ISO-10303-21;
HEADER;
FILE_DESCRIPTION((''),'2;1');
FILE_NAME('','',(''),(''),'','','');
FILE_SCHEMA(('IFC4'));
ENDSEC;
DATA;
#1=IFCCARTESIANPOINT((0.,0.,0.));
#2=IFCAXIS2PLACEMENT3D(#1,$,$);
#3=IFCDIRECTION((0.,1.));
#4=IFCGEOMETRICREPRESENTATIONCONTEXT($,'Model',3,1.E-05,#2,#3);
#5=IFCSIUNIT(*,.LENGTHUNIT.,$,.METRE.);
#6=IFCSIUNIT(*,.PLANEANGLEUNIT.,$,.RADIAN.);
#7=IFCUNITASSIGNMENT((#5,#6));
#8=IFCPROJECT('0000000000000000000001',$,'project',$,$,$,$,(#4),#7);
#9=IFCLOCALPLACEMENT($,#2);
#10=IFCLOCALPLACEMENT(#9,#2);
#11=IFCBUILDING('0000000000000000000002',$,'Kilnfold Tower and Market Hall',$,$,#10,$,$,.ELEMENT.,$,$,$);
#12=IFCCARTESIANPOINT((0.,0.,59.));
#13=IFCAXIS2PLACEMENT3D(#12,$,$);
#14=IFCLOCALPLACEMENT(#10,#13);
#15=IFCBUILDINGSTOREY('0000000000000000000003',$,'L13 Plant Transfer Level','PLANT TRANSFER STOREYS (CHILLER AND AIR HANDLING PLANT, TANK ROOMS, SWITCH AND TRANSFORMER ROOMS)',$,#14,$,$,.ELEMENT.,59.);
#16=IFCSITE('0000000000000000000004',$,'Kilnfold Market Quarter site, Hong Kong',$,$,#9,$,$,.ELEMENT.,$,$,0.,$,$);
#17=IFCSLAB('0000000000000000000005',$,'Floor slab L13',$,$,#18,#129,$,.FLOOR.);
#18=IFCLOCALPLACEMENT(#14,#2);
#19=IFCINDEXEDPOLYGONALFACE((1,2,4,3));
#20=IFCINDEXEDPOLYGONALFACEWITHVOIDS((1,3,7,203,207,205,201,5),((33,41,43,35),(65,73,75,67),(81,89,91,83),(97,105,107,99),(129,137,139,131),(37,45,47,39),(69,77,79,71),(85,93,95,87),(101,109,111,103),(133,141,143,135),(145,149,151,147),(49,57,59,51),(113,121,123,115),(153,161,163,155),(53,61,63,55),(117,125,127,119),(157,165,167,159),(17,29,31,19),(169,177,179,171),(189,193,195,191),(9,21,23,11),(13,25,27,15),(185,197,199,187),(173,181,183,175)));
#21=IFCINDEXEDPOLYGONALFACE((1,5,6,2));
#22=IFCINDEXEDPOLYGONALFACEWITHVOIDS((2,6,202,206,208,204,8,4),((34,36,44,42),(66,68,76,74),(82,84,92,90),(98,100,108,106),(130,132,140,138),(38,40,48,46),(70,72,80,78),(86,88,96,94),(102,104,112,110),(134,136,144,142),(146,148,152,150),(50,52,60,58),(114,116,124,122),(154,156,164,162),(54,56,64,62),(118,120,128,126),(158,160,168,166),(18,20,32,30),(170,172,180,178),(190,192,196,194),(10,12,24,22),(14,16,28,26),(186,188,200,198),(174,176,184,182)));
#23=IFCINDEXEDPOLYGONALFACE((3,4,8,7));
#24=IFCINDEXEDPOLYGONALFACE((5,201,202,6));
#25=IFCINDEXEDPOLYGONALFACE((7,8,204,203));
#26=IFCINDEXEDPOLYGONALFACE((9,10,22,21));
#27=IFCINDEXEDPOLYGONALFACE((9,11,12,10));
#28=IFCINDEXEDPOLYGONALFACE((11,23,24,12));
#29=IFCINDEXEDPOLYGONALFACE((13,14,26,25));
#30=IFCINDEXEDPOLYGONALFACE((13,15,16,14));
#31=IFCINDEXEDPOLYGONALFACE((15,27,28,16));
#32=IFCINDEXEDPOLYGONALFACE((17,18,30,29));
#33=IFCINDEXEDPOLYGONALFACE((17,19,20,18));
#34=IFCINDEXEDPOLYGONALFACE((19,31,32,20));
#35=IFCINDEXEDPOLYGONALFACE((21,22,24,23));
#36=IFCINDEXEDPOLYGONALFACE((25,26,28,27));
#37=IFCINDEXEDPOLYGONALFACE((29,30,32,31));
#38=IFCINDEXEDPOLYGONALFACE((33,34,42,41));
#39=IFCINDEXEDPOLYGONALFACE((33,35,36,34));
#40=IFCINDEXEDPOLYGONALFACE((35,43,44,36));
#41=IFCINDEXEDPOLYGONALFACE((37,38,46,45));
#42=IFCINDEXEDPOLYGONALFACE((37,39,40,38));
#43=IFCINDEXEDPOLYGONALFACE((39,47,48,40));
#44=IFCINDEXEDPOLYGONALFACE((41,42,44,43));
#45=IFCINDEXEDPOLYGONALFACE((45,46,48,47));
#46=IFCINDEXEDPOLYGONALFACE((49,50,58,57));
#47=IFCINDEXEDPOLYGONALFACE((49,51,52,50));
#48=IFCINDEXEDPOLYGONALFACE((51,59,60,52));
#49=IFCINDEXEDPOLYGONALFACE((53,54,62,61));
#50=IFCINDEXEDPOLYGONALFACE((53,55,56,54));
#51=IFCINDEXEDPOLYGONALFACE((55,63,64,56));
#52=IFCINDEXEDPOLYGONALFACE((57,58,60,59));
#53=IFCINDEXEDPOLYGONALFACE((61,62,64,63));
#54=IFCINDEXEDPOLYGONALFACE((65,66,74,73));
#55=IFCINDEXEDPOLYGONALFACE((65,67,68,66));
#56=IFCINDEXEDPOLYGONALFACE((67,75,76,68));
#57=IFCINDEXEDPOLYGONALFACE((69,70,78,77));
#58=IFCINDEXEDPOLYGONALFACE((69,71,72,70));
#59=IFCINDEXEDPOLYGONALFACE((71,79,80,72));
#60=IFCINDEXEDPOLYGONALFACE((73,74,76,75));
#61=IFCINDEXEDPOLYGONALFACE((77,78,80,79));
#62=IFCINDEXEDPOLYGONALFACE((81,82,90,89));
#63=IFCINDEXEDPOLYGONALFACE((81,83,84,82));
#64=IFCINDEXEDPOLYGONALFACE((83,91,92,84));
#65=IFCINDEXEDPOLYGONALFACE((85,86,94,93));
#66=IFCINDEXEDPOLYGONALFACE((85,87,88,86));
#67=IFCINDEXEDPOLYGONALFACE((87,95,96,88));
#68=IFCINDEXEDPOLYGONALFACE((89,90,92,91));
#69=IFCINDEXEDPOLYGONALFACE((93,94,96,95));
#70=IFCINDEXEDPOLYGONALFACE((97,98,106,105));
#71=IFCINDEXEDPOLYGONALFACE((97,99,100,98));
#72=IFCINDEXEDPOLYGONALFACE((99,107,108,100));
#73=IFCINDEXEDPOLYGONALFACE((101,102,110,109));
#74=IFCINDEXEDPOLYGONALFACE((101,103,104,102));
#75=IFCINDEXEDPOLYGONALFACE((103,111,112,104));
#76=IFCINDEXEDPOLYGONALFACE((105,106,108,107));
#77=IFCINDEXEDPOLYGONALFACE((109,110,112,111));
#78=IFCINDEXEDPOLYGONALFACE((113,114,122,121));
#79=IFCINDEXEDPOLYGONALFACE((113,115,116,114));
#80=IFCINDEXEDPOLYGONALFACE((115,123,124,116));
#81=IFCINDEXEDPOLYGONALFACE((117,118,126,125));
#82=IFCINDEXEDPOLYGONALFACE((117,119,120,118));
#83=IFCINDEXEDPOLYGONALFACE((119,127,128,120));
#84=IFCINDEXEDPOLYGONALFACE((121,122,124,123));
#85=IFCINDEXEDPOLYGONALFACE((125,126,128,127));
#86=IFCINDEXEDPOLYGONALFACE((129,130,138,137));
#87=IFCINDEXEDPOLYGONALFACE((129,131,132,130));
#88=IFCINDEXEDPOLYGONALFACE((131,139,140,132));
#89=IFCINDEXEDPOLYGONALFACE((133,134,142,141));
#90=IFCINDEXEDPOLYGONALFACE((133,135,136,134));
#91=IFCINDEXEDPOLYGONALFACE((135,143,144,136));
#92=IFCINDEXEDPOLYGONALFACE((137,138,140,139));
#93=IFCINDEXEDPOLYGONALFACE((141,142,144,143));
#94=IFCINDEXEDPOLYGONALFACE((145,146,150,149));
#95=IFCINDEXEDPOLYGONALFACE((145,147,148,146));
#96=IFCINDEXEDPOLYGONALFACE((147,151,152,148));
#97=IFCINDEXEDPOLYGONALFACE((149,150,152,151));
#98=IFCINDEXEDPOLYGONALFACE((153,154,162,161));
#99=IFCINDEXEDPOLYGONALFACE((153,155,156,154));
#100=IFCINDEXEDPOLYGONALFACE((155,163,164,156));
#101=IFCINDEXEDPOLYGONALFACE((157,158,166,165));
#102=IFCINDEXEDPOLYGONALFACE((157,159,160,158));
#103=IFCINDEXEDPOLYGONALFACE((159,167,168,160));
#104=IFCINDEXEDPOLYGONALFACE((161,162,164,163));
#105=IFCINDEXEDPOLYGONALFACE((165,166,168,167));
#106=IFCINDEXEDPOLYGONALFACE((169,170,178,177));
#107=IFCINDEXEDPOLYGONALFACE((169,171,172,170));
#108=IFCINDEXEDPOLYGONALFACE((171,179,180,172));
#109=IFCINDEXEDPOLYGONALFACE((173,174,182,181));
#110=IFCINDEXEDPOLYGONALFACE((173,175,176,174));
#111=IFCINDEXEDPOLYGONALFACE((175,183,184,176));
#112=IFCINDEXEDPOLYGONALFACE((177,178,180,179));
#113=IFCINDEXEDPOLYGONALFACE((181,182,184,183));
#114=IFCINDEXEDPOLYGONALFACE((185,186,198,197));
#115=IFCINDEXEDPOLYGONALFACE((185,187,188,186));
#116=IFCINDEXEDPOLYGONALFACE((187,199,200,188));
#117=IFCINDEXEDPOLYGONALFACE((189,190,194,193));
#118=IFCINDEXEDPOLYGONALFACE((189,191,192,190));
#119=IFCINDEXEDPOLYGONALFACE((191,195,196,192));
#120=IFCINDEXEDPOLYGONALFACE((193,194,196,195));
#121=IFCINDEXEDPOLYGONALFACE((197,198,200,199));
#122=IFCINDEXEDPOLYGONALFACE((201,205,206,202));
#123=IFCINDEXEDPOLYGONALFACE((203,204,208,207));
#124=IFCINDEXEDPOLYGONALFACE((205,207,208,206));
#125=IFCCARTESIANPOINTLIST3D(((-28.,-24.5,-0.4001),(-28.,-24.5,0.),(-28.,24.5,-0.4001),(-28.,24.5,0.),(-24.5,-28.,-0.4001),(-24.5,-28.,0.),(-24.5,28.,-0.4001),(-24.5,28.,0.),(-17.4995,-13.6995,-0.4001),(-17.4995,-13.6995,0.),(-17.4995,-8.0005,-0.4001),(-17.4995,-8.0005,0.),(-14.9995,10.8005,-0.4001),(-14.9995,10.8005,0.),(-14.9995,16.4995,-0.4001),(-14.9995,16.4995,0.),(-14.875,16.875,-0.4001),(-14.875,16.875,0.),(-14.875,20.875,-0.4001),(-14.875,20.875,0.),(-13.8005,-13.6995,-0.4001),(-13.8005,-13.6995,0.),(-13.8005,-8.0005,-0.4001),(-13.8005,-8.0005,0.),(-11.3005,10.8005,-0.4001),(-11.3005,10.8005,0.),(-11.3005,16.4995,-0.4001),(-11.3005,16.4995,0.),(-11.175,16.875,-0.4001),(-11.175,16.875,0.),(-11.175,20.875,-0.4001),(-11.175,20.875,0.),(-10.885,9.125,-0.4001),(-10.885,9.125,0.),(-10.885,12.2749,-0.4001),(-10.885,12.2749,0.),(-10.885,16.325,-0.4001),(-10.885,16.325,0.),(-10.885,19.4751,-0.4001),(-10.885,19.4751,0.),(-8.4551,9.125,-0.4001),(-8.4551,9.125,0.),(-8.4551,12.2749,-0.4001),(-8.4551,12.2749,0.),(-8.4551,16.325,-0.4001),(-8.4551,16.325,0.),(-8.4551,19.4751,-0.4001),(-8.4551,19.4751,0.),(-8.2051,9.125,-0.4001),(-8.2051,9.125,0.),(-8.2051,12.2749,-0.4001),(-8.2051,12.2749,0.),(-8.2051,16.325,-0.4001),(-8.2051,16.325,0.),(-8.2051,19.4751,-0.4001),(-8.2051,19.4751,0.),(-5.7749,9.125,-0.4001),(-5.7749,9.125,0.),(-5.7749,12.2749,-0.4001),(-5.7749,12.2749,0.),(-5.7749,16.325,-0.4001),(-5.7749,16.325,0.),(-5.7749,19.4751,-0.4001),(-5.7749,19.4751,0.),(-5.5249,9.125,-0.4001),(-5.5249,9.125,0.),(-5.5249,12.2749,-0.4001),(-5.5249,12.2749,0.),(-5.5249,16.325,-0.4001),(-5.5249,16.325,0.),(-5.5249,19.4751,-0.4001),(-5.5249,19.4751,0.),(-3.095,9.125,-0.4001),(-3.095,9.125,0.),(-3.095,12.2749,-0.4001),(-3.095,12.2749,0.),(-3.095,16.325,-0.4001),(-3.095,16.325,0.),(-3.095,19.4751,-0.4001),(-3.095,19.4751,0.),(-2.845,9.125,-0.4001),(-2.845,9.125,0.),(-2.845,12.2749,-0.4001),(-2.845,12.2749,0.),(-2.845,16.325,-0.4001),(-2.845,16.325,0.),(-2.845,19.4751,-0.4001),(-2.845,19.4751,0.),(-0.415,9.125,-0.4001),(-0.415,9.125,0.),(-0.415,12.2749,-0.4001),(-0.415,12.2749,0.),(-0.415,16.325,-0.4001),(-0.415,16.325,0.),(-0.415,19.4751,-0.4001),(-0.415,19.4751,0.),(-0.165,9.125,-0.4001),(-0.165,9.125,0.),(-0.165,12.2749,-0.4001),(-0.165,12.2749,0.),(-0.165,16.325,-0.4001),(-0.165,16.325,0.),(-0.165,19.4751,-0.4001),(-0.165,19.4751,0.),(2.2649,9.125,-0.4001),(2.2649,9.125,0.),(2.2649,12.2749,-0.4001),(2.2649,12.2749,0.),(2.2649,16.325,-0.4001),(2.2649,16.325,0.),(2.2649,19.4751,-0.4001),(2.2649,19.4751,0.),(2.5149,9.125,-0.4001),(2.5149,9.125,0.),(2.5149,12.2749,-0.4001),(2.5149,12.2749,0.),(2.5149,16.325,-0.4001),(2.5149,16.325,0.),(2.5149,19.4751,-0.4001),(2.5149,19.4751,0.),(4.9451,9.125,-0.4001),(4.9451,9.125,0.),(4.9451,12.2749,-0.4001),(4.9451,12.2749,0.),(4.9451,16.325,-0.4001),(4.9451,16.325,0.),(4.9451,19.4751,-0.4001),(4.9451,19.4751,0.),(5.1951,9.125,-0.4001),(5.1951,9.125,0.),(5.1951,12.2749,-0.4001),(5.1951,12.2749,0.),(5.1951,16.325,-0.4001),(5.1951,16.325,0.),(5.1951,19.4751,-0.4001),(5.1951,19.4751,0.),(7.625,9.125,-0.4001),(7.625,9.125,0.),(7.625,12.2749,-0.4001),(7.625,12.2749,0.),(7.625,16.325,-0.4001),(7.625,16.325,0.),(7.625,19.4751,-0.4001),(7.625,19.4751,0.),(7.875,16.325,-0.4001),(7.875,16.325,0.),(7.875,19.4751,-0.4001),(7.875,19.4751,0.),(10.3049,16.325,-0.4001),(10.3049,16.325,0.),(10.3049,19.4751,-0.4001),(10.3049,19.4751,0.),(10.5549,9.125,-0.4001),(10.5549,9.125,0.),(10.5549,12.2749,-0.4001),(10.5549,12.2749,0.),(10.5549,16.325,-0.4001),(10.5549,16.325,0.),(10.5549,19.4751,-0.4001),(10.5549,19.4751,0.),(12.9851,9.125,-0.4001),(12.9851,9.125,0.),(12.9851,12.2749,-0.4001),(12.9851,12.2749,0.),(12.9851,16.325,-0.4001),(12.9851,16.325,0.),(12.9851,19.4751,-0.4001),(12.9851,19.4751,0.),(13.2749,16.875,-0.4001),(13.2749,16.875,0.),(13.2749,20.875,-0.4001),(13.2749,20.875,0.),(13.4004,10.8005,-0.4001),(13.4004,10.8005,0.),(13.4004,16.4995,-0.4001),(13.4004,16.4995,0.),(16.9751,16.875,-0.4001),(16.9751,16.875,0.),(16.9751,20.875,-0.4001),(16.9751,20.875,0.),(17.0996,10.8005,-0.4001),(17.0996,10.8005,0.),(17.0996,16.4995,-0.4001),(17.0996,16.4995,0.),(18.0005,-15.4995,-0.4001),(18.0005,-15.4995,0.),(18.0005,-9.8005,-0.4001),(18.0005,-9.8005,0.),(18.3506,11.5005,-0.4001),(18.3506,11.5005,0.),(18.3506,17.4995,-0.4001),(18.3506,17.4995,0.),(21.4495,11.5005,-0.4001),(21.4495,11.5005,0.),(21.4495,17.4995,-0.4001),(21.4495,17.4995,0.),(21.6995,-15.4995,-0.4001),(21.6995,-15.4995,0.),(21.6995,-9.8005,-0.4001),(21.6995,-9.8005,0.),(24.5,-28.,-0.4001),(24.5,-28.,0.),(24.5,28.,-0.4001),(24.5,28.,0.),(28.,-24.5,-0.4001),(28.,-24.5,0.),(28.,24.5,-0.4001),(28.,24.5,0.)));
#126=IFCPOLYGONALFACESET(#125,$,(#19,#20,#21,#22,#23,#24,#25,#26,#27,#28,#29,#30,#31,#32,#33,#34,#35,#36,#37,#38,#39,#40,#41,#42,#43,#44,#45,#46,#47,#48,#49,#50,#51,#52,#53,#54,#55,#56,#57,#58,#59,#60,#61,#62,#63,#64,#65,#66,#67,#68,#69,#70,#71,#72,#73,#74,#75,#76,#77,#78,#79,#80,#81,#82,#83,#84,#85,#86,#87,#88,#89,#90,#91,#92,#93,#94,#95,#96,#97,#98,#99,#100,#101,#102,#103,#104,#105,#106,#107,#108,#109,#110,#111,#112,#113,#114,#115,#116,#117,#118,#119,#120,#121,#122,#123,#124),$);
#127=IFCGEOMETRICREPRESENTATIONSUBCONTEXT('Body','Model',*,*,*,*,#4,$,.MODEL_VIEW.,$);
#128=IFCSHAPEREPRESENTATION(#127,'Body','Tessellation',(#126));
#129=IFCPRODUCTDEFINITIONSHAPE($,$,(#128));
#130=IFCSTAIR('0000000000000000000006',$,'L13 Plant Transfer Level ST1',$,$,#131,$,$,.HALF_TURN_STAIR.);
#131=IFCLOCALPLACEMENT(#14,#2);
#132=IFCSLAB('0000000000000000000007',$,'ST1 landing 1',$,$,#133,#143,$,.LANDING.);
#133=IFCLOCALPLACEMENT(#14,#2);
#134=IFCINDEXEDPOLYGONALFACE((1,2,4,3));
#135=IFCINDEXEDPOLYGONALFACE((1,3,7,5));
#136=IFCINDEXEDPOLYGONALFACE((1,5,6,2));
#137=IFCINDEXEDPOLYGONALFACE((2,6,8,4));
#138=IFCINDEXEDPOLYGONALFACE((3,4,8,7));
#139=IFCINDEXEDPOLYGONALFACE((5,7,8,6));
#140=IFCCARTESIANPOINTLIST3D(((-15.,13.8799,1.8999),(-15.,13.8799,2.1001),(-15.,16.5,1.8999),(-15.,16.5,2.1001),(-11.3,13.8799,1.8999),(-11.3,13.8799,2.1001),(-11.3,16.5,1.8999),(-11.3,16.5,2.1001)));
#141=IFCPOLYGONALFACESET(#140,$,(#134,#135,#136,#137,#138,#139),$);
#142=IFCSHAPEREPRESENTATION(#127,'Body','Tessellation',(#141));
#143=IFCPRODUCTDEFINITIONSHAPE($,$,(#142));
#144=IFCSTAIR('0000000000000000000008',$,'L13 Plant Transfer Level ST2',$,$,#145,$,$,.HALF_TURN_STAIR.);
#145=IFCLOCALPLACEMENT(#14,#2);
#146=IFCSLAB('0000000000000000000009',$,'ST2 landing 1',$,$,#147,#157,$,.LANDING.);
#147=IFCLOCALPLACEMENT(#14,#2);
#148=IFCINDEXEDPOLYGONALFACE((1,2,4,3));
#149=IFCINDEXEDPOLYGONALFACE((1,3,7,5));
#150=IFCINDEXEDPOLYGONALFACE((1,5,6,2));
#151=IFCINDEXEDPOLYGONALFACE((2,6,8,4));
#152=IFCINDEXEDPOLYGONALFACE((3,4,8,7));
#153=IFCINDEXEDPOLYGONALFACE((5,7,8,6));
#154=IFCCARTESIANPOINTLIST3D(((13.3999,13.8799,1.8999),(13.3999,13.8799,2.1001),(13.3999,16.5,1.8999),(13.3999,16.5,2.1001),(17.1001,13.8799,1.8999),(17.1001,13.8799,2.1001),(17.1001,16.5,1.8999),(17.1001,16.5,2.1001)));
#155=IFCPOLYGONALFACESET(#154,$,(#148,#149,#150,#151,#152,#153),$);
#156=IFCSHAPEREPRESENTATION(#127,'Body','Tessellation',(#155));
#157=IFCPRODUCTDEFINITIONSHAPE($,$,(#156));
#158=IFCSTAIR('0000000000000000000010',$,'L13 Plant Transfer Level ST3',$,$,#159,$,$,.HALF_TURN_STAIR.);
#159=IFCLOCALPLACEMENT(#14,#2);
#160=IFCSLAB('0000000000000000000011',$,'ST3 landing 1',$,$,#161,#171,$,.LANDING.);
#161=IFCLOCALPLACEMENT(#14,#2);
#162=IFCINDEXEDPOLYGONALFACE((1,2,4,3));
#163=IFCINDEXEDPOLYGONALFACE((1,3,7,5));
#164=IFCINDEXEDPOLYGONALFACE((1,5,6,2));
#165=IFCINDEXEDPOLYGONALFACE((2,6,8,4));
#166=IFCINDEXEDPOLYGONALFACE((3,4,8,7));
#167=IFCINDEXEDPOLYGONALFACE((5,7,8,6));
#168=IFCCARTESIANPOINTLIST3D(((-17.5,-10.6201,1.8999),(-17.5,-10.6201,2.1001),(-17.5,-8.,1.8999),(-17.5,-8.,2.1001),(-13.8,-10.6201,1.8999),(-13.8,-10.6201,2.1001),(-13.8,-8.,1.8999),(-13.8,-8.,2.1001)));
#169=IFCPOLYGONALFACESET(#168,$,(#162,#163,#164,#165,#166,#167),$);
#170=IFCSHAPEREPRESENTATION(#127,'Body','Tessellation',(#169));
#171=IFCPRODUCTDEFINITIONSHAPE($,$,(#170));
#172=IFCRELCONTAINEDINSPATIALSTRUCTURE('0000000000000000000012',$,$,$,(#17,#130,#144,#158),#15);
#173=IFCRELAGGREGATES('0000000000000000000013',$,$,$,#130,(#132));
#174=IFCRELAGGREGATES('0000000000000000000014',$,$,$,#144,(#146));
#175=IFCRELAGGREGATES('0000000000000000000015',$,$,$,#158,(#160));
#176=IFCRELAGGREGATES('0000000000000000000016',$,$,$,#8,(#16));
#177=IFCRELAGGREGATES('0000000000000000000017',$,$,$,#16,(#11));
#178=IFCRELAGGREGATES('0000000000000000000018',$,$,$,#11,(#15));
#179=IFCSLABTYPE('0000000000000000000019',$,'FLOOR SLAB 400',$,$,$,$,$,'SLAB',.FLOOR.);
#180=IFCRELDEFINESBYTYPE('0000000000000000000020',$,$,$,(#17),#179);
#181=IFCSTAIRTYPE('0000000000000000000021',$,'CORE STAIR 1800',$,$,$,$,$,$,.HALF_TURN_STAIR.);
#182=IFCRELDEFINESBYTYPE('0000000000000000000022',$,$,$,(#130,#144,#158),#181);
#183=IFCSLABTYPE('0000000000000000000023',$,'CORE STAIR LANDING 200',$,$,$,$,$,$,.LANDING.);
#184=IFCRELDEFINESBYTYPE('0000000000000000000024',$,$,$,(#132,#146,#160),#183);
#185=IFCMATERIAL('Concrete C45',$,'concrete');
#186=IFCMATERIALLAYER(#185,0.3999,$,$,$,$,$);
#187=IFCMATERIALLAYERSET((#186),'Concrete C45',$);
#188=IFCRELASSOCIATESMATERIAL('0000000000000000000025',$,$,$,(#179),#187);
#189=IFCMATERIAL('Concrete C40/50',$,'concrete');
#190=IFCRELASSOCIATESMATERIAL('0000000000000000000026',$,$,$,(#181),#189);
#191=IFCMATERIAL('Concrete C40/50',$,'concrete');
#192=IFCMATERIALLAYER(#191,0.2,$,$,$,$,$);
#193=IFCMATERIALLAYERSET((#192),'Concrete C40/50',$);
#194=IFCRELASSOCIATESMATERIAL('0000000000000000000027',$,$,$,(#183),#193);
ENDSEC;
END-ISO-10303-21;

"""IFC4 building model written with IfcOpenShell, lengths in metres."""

from ifc_helpers import new_model, si_unit, direction, frame, origin, place, context, subcontext, project, spatial, polyline, outline, extrude, source, transform, mapped, material, layer, layer_set, type_object, element, aggregate, save


model = new_model("IFC4")

# Units and contexts
model_context = context("Model", 3, precision=1e-05, world=origin(), true_north=direction((0.0, 1.0)))
body_context = subcontext(model_context, "Body", "Model", "MODEL_VIEW")
ifc_project = project(units=[si_unit("LENGTHUNIT", "METRE"), si_unit("PLANEANGLEUNIT", "RADIAN")], contexts=[model_context])

# Site, building, storey
site_placement = place(None, origin())
site = spatial("IfcSite", under=ifc_project, at=site_placement, Name="Kilnfold Market Quarter site, Hong Kong", CompositionType="ELEMENT", RefElevation=0.0)
building_placement = place(site_placement, origin())
building = spatial("IfcBuilding", under=site, at=building_placement, Name="Kilnfold Tower and Market Hall", CompositionType="ELEMENT")
storey_placement = place(building_placement, frame((0.0, 0.0, 59.0)))
storey = spatial("IfcBuildingStorey", under=building, at=storey_placement, Name="L13 Plant Transfer Level", Description="PLANT TRANSFER STOREYS (CHILLER AND AIR HANDLING PLANT, TANK ROOMS, SWITCH AND TRANSFORMER ROOMS)", CompositionType="ELEMENT", Elevation=59.0)

# Slab
ifc_material_1 = material(Name="Concrete C45", Category="concrete")
ifc_layer_1 = layer(ifc_material_1, 0.3999)
ifc_layer_set_1 = layer_set([ifc_layer_1], Name="Concrete C45")
slab_type_1 = type_object("IfcSlabType", Name="FLOOR SLAB 400", ElementType="SLAB", PredefinedType="FLOOR", material=ifc_layer_set_1)
shared_shape_1 = source(origin(), body_context, "Body", "SweptSolid", [
    extrude(outline(polyline([(-24.5, -28.0), (24.5, -28.0), (28.0, -24.5), (28.0, 24.5), (24.5, 28.0), (-24.5, 28.0), (-28.0, 24.5), (-28.0, -24.5), (-24.5, -28.0)]), holes=[polyline([(-13.8005, -13.6995), (-17.4995, -13.6995), (-17.4995, -8.0005), (-13.8005, -8.0005), (-13.8005, -13.6995)]), polyline([(-14.9995, 10.8005), (-14.9995, 16.4995), (-11.3005, 16.4995), (-11.3005, 10.8005), (-14.9995, 10.8005)]), polyline([(-14.875, 16.875), (-14.875, 20.875), (-11.175, 20.875), (-11.175, 16.875), (-14.875, 16.875)]), polyline([(-10.885, 9.125), (-10.885, 12.2749), (-8.4551, 12.2749), (-8.4551, 9.125), (-10.885, 9.125)]), polyline([(-8.4551, 16.325), (-10.885, 16.325), (-10.885, 19.4751), (-8.4551, 19.4751), (-8.4551, 16.325)]), polyline([(-8.2051, 9.125), (-8.2051, 12.2749), (-5.7749, 12.2749), (-5.7749, 9.125), (-8.2051, 9.125)]), polyline([(-8.2051, 16.325), (-8.2051, 19.4751), (-5.7749, 19.4751), (-5.7749, 16.325), (-8.2051, 16.325)]), polyline([(-3.095, 9.125), (-5.5249, 9.125), (-5.5249, 12.2749), (-3.095, 12.2749), (-3.095, 9.125)]), polyline([(-5.5249, 16.325), (-5.5249, 19.4751), (-3.095, 19.4751), (-3.095, 16.325), (-5.5249, 16.325)]), polyline([(-2.845, 9.125), (-2.845, 12.2749), (-0.415, 12.2749), (-0.415, 9.125), (-2.845, 9.125)]), polyline([(-0.415, 16.325), (-2.845, 16.325), (-2.845, 19.4751), (-0.415, 19.4751), (-0.415, 16.325)]), polyline([(-0.165, 9.125), (-0.165, 12.2749), (2.2649, 12.2749), (2.2649, 9.125), (-0.165, 9.125)]), polyline([(-0.165, 16.325), (-0.165, 19.4751), (2.2649, 19.4751), (2.2649, 16.325), (-0.165, 16.325)]), polyline([(2.5149, 9.125), (2.5149, 12.2749), (4.9451, 12.2749), (4.9451, 9.125), (2.5149, 9.125)]), polyline([(2.5149, 16.325), (2.5149, 19.4751), (4.9451, 19.4751), (4.9451, 16.325), (2.5149, 16.325)]), polyline([(7.625, 9.125), (5.1951, 9.125), (5.1951, 12.2749), (7.625, 12.2749), (7.625, 9.125)]), polyline([(5.1951, 16.325), (5.1951, 19.4751), (7.625, 19.4751), (7.625, 16.325), (5.1951, 16.325)]), polyline([(10.3049, 16.325), (7.875, 16.325), (7.875, 19.4751), (10.3049, 19.4751), (10.3049, 16.325)]), polyline([(10.5549, 9.125), (10.5549, 12.2749), (12.9851, 12.2749), (12.9851, 9.125), (10.5549, 9.125)]), polyline([(10.5549, 16.325), (10.5549, 19.4751), (12.9851, 19.4751), (12.9851, 16.325), (10.5549, 16.325)]), polyline([(13.2749, 16.875), (13.2749, 20.875), (16.9751, 20.875), (16.9751, 16.875), (13.2749, 16.875)]), polyline([(13.4004, 10.8005), (13.4004, 16.4995), (17.0996, 16.4995), (17.0996, 10.8005), (13.4004, 10.8005)]), polyline([(18.0005, -9.8005), (21.6995, -9.8005), (21.6995, -15.4995), (18.0005, -15.4995), (18.0005, -9.8005)]), polyline([(21.4495, 11.5005), (18.3506, 11.5005), (18.3506, 17.4995), (21.4495, 17.4995), (21.4495, 11.5005)])]), origin(), (0.0, 0.0, 1.0), 0.4001),
])
slab_1_placement = place(storey_placement, frame((0.0, 0.0, -0.4001)))
element("IfcSlab", 1, at=slab_1_placement, inside=storey, type_object=slab_type_1, Name="Floor slab L13", PredefinedType="FLOOR", context=body_context, shape_type="MappedRepresentation", body=[
    mapped(shared_shape_1, transform((0.0, 0.0, 0.0))),
])

# Stairs, slabs
ifc_material_2 = material(Name="Concrete C40/50", Category="concrete")
stair_type = type_object("IfcStairType", Name="CORE STAIR 1800", PredefinedType="HALF_TURN_STAIR", material=ifc_material_2)
stair_1_placement = place(storey_placement, origin())
stair_1 = element("IfcStair", 2, at=stair_1_placement, inside=storey, type_object=stair_type, Name="L13 Plant Transfer Level ST1", PredefinedType="HALF_TURN_STAIR")
ifc_material_3 = material(Name="Concrete C40/50", Category="concrete")
ifc_layer_2 = layer(ifc_material_3, 0.2)
ifc_layer_set_2 = layer_set([ifc_layer_2], Name="Concrete C40/50")
slab_type_2 = type_object("IfcSlabType", Name="CORE STAIR LANDING 200", PredefinedType="LANDING", material=ifc_layer_set_2)
shared_shape_2 = source(origin(), body_context, "Body", "SweptSolid", [
    extrude(outline(polyline([(-11.3, 13.8799), (-11.3, 16.5), (-15.0, 16.5), (-15.0, 13.8799), (-11.3, 13.8799)])), origin(), (0.0, 0.0, 1.0), 0.2002),
])
slab_2_placement = place(storey_placement, frame((0.0, 0.0, 1.8999)))
slab_2 = element("IfcSlab", 3, at=slab_2_placement, type_object=slab_type_2, Name="ST1 landing 1", PredefinedType="LANDING", context=body_context, shape_type="MappedRepresentation", body=[
    mapped(shared_shape_2, transform((0.0, 0.0, 0.0))),
])
aggregate(stair_1, [slab_2])
stair_2_placement = place(storey_placement, origin())
stair_2 = element("IfcStair", 4, at=stair_2_placement, inside=storey, type_object=stair_type, Name="L13 Plant Transfer Level ST2", PredefinedType="HALF_TURN_STAIR")
shared_shape_3 = source(origin(), body_context, "Body", "SweptSolid", [
    extrude(outline(polyline([(17.1001, 13.8799), (17.1001, 16.5), (13.3999, 16.5), (13.3999, 13.8799), (17.1001, 13.8799)])), origin(), (0.0, 0.0, 1.0), 0.2002),
])
slab_3_placement = place(storey_placement, frame((0.0, 0.0, 1.8999)))
slab_3 = element("IfcSlab", 5, at=slab_3_placement, type_object=slab_type_2, Name="ST2 landing 1", PredefinedType="LANDING", context=body_context, shape_type="MappedRepresentation", body=[
    mapped(shared_shape_3, transform((0.0, 0.0, 0.0))),
])
aggregate(stair_2, [slab_3])
stair_3_placement = place(storey_placement, origin())
stair_3 = element("IfcStair", 6, at=stair_3_placement, inside=storey, type_object=stair_type, Name="L13 Plant Transfer Level ST3", PredefinedType="HALF_TURN_STAIR")
shared_shape_4 = source(origin(), body_context, "Body", "SweptSolid", [
    extrude(outline(polyline([(-13.8, -10.6201), (-13.8, -8.0), (-17.5, -8.0), (-17.5, -10.6201), (-13.8, -10.6201)])), origin(), (0.0, 0.0, 1.0), 0.2002),
])
slab_4_placement = place(storey_placement, frame((0.0, 0.0, 1.8999)))
slab_4 = element("IfcSlab", 7, at=slab_4_placement, type_object=slab_type_2, Name="ST3 landing 1", PredefinedType="LANDING", context=body_context, shape_type="MappedRepresentation", body=[
    mapped(shared_shape_4, transform((0.0, 0.0, 0.0))),
])
aggregate(stair_3, [slab_4])

save(model, "model.ifc")
